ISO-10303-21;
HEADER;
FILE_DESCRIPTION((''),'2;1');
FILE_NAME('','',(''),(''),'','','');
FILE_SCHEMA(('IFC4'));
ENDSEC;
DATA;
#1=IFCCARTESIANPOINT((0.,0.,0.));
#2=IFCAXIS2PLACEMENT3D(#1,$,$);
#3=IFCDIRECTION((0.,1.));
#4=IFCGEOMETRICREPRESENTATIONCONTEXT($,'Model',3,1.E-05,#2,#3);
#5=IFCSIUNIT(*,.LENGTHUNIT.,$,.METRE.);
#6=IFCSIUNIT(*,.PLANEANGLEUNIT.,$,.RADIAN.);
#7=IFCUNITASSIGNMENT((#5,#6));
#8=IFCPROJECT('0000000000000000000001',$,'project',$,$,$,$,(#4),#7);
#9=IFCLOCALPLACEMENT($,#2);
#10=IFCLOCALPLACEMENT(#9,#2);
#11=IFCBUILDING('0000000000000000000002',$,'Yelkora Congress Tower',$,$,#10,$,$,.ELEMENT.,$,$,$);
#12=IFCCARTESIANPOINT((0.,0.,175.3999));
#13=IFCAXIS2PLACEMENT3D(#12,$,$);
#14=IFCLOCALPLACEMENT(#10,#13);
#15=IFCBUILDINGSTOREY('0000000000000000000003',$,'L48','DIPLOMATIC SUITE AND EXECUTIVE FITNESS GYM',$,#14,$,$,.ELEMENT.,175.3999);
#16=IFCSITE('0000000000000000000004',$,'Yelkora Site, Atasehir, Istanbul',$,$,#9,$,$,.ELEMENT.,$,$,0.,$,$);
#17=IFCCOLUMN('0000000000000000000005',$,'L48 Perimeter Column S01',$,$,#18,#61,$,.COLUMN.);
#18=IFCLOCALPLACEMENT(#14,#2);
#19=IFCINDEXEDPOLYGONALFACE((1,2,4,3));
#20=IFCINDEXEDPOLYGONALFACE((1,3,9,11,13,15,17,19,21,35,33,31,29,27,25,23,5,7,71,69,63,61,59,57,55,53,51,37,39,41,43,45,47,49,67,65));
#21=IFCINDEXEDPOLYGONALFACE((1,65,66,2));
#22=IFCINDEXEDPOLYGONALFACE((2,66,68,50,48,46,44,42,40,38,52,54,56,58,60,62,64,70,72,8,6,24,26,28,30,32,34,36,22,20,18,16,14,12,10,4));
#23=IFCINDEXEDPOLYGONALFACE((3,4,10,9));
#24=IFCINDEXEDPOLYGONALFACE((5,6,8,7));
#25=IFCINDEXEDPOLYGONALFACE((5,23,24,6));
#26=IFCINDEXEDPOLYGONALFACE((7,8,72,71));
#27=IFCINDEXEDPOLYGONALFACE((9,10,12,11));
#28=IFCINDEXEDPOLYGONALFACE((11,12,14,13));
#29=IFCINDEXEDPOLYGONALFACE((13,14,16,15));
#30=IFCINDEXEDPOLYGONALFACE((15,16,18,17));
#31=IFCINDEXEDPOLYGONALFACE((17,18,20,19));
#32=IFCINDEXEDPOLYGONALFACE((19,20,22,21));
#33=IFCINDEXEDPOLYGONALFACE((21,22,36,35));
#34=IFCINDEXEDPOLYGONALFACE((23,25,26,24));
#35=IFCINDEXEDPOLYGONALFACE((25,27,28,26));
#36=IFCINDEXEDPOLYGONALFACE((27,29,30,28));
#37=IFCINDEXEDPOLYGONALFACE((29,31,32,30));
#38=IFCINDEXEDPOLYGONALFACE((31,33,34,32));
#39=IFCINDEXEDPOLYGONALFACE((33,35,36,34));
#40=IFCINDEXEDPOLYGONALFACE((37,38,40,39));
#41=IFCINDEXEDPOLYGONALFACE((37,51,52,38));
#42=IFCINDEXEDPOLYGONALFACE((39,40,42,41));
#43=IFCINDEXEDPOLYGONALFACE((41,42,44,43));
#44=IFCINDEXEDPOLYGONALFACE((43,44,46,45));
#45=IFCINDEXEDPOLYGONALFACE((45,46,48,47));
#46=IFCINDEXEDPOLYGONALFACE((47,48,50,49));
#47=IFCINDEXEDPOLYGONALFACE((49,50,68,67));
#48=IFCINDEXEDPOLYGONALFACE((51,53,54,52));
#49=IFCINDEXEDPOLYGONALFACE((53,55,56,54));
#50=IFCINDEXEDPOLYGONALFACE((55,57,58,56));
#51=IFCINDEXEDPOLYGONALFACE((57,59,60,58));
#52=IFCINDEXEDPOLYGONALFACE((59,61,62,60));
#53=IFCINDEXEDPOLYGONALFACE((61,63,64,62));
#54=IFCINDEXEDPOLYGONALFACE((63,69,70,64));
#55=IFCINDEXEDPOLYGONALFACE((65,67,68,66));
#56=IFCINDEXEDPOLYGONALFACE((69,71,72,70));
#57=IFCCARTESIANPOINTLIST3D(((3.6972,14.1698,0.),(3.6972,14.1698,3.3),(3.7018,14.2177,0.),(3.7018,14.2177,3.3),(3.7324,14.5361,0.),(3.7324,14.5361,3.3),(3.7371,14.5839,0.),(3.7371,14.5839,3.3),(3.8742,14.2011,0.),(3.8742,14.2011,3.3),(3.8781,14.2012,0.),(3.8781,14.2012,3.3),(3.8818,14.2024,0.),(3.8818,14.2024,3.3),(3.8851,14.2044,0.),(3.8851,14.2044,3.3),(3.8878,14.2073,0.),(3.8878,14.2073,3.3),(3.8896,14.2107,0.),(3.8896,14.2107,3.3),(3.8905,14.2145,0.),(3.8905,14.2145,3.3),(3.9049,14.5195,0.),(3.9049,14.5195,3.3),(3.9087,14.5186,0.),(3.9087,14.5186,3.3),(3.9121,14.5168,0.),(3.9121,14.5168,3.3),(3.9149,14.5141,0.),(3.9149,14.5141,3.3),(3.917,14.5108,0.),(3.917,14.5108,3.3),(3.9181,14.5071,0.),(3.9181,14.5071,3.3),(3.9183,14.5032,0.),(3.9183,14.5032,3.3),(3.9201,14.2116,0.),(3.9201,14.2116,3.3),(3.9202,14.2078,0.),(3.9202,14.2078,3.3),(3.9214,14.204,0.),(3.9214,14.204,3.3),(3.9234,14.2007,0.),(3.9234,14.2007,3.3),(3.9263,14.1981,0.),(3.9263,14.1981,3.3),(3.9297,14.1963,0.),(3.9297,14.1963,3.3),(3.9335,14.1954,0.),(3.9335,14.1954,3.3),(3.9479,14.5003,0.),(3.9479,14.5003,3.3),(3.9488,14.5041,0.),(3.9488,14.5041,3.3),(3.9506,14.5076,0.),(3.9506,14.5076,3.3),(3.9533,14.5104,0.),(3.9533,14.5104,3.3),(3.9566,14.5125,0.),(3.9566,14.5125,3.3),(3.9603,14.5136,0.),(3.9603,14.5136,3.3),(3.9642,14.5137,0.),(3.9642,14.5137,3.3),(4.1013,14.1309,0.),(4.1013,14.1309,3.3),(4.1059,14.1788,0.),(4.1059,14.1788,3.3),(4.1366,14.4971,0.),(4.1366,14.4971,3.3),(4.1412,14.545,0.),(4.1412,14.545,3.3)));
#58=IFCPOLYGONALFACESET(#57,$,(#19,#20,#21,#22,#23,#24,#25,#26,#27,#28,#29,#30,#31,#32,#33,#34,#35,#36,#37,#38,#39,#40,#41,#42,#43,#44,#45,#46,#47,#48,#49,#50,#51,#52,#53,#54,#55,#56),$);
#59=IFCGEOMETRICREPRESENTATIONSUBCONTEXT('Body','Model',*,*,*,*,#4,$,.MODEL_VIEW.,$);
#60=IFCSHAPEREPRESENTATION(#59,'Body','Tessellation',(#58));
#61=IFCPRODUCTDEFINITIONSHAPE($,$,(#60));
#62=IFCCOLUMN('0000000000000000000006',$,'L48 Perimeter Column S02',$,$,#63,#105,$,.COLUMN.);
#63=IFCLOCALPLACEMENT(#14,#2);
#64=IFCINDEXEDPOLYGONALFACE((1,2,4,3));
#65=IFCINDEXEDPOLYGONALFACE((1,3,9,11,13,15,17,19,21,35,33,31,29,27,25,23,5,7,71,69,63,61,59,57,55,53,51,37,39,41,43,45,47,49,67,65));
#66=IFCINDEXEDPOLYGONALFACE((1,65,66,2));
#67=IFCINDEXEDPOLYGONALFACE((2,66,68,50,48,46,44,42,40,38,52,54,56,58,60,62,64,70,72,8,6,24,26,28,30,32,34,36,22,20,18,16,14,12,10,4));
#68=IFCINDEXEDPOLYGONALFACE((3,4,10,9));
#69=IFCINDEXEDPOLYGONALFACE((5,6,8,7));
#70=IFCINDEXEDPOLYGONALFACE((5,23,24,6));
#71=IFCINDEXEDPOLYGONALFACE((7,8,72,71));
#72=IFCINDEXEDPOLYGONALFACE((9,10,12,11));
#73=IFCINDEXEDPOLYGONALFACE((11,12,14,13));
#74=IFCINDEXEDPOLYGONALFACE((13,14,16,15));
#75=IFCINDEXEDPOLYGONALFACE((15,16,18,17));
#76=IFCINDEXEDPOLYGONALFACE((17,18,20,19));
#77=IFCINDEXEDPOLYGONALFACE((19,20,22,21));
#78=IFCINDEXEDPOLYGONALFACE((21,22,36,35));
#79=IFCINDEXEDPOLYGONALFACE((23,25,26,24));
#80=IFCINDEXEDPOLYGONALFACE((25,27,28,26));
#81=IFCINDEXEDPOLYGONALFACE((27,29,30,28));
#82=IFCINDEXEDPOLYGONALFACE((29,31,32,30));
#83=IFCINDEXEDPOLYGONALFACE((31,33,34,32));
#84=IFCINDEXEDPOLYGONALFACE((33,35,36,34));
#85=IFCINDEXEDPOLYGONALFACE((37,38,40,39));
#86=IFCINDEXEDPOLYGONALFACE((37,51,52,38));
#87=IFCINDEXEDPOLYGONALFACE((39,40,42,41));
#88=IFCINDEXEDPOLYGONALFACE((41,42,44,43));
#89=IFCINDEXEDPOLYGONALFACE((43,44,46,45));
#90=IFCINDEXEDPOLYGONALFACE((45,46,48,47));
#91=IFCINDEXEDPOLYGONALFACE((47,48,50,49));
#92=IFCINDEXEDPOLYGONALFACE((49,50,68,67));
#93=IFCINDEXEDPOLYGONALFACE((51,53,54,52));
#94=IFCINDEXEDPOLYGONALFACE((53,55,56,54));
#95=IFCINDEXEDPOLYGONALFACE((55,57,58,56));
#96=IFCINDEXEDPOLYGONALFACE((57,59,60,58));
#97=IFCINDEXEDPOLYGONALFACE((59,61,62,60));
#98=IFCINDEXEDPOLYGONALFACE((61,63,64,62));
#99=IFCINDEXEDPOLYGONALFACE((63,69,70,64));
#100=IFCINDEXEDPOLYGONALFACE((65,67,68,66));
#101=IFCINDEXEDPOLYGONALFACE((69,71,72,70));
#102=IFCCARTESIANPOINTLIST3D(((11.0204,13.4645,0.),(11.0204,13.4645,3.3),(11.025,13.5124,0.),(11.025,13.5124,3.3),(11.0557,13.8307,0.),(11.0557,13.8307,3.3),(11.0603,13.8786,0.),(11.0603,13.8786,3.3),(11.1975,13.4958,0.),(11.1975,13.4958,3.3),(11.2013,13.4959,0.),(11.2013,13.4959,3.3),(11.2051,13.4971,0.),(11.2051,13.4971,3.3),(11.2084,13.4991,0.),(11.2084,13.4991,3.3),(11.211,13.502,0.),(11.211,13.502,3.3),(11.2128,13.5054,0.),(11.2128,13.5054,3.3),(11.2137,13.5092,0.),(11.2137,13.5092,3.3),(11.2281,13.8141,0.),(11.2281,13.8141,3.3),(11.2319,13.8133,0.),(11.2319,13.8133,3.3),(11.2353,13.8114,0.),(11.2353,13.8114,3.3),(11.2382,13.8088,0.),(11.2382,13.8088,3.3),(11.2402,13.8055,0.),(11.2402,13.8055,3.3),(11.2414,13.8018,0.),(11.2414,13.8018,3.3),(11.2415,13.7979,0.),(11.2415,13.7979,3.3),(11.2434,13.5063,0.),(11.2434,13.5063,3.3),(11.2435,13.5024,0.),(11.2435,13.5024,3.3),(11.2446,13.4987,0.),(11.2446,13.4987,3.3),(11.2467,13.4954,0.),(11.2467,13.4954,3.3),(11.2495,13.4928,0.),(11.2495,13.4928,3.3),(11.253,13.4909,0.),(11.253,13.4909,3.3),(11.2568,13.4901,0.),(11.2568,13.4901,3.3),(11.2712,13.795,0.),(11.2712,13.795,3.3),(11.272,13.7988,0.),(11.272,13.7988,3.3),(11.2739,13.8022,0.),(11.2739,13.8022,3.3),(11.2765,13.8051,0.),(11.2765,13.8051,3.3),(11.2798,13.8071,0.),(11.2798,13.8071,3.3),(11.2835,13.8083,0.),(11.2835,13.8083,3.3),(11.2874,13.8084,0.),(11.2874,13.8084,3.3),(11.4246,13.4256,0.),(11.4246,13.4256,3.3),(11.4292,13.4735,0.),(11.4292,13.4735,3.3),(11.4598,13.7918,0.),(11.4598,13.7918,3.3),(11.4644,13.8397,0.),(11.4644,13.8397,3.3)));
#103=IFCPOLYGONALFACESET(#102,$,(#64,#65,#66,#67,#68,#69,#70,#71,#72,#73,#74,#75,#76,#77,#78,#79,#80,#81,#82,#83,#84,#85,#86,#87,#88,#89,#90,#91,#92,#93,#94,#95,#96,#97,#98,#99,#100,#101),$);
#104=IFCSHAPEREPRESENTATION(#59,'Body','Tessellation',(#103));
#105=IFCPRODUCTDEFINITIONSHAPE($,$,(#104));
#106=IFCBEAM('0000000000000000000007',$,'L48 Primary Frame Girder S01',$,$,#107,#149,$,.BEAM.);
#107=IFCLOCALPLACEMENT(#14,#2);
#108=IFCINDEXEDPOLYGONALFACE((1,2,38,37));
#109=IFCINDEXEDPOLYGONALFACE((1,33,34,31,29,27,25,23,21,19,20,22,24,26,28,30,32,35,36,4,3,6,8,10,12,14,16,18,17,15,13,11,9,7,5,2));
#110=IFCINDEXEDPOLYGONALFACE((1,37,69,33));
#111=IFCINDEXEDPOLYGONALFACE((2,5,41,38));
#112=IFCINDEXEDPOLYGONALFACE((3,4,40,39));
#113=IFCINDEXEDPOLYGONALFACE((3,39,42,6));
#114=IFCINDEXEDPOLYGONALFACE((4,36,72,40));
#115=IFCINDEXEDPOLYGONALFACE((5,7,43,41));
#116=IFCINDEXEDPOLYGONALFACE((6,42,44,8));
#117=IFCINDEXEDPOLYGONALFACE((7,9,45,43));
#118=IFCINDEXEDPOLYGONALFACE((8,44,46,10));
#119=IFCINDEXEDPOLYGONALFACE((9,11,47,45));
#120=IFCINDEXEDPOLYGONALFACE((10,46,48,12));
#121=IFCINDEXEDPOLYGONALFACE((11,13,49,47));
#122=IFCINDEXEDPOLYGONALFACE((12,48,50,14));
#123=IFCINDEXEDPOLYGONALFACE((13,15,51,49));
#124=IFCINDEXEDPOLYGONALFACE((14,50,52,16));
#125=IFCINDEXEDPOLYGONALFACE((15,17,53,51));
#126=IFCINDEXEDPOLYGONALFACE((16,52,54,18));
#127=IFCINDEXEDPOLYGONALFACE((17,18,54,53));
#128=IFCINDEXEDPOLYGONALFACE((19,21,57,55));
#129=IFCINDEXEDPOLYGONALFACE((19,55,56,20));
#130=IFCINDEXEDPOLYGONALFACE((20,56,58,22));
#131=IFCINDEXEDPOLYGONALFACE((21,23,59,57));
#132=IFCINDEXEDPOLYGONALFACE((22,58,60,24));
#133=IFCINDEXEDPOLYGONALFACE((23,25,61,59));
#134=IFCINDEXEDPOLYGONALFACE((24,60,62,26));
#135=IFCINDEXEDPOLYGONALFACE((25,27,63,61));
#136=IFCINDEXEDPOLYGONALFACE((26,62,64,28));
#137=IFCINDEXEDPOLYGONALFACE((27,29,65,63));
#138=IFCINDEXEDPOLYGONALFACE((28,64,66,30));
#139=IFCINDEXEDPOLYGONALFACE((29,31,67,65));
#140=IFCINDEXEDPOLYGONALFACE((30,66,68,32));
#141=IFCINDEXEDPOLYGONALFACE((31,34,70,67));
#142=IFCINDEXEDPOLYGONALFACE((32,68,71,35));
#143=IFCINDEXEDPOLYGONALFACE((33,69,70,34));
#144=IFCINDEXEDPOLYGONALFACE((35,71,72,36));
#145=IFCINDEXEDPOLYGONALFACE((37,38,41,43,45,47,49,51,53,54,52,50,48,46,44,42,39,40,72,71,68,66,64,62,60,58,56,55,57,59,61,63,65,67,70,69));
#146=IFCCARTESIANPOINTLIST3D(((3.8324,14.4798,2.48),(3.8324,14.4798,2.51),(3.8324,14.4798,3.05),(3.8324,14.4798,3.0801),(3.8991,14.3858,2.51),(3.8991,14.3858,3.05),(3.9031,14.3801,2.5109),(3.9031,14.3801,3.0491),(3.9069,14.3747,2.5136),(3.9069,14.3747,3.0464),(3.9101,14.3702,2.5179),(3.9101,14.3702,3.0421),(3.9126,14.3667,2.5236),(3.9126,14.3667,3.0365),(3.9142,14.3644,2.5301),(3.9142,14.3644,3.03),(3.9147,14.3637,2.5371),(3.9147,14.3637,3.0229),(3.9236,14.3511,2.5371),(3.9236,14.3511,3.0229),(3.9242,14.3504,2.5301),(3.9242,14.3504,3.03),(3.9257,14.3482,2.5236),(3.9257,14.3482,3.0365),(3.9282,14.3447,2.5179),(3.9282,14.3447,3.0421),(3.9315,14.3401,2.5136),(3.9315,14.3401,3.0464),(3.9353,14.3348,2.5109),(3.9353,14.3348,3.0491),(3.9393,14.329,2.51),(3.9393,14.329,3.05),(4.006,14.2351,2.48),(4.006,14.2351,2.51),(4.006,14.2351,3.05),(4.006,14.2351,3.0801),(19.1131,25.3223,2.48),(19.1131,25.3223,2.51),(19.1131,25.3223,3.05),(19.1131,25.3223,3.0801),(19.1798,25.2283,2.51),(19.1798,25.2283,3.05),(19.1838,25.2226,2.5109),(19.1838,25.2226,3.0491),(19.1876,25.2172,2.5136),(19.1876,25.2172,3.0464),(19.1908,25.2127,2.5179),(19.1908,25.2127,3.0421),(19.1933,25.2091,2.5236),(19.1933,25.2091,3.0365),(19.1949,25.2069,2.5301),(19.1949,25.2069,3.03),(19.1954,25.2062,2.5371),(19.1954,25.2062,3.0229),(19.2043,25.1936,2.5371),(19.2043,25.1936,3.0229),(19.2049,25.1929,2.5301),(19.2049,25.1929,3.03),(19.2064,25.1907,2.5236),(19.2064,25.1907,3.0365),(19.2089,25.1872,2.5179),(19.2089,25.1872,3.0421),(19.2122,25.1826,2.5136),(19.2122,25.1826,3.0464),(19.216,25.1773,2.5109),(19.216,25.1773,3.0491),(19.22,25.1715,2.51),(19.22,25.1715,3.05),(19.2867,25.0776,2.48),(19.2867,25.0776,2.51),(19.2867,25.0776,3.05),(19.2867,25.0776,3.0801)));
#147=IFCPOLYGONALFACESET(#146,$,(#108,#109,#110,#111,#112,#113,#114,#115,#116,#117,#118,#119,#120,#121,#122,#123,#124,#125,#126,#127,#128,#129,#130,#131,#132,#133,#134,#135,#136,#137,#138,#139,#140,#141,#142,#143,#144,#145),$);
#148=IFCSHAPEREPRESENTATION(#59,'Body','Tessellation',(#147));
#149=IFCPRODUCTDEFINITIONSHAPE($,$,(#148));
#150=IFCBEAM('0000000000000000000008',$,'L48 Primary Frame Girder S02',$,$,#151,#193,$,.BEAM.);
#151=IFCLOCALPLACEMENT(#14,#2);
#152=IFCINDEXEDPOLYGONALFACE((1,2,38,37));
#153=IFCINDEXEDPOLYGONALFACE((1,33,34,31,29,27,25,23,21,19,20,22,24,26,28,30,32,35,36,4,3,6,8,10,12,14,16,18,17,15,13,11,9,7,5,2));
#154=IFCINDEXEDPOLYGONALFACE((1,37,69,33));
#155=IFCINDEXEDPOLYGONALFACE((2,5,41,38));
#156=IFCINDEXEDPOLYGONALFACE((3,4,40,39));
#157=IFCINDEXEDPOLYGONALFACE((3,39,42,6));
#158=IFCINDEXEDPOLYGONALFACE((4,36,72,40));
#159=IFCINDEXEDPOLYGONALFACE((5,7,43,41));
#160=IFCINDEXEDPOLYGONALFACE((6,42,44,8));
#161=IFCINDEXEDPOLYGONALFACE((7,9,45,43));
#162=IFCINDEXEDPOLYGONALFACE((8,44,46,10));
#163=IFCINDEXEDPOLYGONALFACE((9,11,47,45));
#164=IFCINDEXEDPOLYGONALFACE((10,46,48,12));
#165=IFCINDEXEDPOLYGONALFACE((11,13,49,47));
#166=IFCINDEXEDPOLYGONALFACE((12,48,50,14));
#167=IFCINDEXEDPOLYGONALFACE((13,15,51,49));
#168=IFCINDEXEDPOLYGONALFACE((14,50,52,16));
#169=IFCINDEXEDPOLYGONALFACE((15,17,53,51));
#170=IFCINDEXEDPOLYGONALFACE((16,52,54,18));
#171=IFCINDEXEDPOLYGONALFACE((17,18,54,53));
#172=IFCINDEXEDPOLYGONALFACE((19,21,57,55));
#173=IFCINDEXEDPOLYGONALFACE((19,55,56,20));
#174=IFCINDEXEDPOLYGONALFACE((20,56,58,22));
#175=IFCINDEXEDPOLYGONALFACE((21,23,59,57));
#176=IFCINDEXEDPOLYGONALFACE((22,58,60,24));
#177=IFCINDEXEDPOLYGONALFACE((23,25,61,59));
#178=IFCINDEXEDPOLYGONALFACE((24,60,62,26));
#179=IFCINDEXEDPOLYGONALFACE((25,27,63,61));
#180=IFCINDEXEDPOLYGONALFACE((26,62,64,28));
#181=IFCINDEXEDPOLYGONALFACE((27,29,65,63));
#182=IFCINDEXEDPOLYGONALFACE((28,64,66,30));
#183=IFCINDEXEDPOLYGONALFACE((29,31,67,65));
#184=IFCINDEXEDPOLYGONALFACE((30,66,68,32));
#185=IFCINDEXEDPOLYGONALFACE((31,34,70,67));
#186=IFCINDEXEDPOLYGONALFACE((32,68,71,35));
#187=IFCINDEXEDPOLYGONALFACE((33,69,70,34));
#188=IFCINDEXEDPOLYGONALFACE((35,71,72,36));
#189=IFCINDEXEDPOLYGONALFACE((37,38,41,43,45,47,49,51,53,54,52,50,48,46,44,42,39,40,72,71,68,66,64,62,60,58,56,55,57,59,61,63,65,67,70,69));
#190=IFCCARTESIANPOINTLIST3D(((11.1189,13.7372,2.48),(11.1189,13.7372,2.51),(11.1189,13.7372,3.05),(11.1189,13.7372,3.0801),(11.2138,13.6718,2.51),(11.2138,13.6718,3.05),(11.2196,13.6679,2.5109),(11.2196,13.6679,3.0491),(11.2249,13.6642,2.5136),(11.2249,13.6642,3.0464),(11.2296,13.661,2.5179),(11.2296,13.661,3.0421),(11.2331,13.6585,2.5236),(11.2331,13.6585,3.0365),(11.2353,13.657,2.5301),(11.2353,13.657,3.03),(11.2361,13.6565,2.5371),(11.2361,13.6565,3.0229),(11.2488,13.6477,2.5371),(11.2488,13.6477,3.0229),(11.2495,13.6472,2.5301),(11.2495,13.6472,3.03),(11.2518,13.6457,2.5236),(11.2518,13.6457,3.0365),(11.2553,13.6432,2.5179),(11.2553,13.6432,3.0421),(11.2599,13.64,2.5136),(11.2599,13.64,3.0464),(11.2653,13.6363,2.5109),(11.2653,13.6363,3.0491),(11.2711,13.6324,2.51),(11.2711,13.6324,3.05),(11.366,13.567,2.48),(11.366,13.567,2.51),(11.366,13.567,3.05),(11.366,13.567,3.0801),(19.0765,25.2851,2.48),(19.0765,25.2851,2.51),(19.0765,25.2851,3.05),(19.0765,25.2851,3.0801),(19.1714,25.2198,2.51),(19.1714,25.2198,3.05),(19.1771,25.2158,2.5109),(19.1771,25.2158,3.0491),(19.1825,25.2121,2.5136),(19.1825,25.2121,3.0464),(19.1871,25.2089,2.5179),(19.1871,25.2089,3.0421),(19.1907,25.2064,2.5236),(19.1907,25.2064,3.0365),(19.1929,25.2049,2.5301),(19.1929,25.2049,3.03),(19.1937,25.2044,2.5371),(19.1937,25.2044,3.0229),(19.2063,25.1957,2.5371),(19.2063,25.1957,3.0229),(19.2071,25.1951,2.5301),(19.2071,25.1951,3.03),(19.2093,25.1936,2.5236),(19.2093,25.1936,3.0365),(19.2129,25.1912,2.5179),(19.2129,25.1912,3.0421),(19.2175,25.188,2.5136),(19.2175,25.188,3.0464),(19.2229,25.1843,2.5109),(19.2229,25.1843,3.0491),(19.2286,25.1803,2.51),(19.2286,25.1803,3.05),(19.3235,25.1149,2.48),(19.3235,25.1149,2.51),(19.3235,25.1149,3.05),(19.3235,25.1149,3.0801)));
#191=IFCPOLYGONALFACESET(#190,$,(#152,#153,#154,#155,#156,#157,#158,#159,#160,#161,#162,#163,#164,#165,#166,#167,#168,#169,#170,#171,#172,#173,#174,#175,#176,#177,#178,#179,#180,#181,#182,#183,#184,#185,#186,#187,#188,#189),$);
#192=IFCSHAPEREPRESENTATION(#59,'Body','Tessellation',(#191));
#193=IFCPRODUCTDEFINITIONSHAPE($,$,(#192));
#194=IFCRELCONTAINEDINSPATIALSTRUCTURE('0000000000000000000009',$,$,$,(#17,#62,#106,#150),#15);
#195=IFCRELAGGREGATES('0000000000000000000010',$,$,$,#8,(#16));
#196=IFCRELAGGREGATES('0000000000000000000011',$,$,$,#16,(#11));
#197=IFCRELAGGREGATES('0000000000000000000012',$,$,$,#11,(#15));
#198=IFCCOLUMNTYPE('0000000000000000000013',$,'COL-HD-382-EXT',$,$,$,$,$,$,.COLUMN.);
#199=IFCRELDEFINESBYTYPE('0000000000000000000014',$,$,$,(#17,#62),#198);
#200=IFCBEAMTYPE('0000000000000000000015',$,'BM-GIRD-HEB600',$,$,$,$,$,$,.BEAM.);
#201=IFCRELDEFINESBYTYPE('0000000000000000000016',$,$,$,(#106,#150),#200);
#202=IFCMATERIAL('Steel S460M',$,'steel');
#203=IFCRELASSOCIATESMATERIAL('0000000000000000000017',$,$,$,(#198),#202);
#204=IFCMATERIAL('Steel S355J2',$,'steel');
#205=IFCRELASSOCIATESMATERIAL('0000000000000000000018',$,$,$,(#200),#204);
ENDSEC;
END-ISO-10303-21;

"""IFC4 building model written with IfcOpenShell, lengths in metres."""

from ifc_helpers import new_model, si_unit, direction, frame, origin, origin_2d, place, context, subcontext, project, spatial, i_section, extrude, material, material_profile, profile_set, type_object, element, save


model = new_model("IFC4")

# Units and contexts
model_context = context("Model", 3, precision=1e-05, world=origin(), true_north=direction((0.0, 1.0)))
body_context = subcontext(model_context, "Body", "Model", "MODEL_VIEW")
ifc_project = project(units=[si_unit("LENGTHUNIT", "METRE"), si_unit("PLANEANGLEUNIT", "RADIAN")], contexts=[model_context])

# Site, building, storey
site_placement = place(None, origin())
site = spatial("IfcSite", under=ifc_project, at=site_placement, Name="Yelkora Site, Atasehir, Istanbul", CompositionType="ELEMENT", RefElevation=0.0)
building_placement = place(site_placement, origin())
building = spatial("IfcBuilding", under=site, at=building_placement, Name="Yelkora Congress Tower", CompositionType="ELEMENT")
storey_placement = place(building_placement, frame((0.0, 0.0, 175.3999)))
storey = spatial("IfcBuildingStorey", under=building, at=storey_placement, Name="L48", Description="DIPLOMATIC SUITE AND EXECUTIVE FITNESS GYM", CompositionType="ELEMENT", Elevation=175.3999)

# Columns
ifc_material_1 = material(Name="Steel S460M", Category="steel")
ifc_material_profile_1 = material_profile(ifc_material_1, i_section(OverallWidth=0.406, OverallDepth=0.416, WebThickness=0.0298, FlangeThickness=0.0481, FilletRadius=0.0149, at=origin_2d()), Name="HD 400x382")
ifc_profile_set_1 = profile_set([ifc_material_profile_1], Name="Steel S460M")
column_type = type_object("IfcColumnType", Name="COL-HD-382-EXT", PredefinedType="COLUMN", material=ifc_profile_set_1)
for number, where, z_axis, x_axis, name in (
    (1, (3.9192, 14.3574, 0.0), (0.0, 0.0, 1.0), (0.995396, -0.095846, 0.0), "L48 Perimeter Column S01"),
    (2, (11.2424, 13.6521, 0.0), (0.0, 0.0, 1.0), (0.995396, -0.095846, 0.0), "L48 Perimeter Column S02"),
):
    element("IfcColumn", number, at=place(storey_placement, frame(where, z_axis=z_axis, x_axis=x_axis)), inside=storey, type_object=column_type, Name=name, PredefinedType="COLUMN", context=body_context, shape_type="SweptSolid", body=[
        extrude(i_section(OverallWidth=0.406, OverallDepth=0.416, WebThickness=0.0298, FlangeThickness=0.0481, FilletRadius=0.0149, at=origin_2d()), origin(), (0.0, 0.0, 1.0), 3.3),
    ])

# Beams
ifc_material_2 = material(Name="Steel S355J2", Category="steel")
ifc_material_profile_2 = material_profile(ifc_material_2, i_section(OverallWidth=0.3, OverallDepth=0.6001, WebThickness=0.0154, FlangeThickness=0.03, FilletRadius=0.0271, at=origin_2d()), Name="HEB 600")
ifc_profile_set_2 = profile_set([ifc_material_profile_2], Name="Steel S355J2")
beam_type_1 = type_object("IfcBeamType", Name="BM-GIRD-HEB600", PredefinedType="BEAM", material=ifc_profile_set_2)
beam_1_placement = place(storey_placement, frame((3.9192, 14.3574, 2.78), z_axis=(0.815555, 0.57868, 0.0), x_axis=(-0.57868, 0.815555, 0.0)))
element("IfcBeam", 3, at=beam_1_placement, inside=storey, type_object=beam_type_1, Name="L48 Primary Frame Girder S01", PredefinedType="BEAM", context=body_context, shape_type="SweptSolid", body=[
    extrude(i_section(OverallWidth=0.3, OverallDepth=0.6001, WebThickness=0.0154, FlangeThickness=0.03, FilletRadius=0.0271, at=origin_2d()), origin(), (0.0, 0.0, 1.0), 18.7366),
])
beam_2_placement = place(storey_placement, frame((11.2424, 13.6521, 2.78), z_axis=(0.567418, 0.82343, 0.0), x_axis=(-0.82343, 0.567418, 0.0)))
element("IfcBeam", 4, at=beam_2_placement, inside=storey, type_object=beam_type_1, Name="L48 Primary Frame Girder S02", PredefinedType="BEAM", context=body_context, shape_type="SweptSolid", body=[
    extrude(i_section(OverallWidth=0.3, OverallDepth=0.6001, WebThickness=0.0154, FlangeThickness=0.03, FilletRadius=0.0271, at=origin_2d()), origin(), (0.0, 0.0, 1.0), 14.0242),
])

save(model, "model.ifc")
